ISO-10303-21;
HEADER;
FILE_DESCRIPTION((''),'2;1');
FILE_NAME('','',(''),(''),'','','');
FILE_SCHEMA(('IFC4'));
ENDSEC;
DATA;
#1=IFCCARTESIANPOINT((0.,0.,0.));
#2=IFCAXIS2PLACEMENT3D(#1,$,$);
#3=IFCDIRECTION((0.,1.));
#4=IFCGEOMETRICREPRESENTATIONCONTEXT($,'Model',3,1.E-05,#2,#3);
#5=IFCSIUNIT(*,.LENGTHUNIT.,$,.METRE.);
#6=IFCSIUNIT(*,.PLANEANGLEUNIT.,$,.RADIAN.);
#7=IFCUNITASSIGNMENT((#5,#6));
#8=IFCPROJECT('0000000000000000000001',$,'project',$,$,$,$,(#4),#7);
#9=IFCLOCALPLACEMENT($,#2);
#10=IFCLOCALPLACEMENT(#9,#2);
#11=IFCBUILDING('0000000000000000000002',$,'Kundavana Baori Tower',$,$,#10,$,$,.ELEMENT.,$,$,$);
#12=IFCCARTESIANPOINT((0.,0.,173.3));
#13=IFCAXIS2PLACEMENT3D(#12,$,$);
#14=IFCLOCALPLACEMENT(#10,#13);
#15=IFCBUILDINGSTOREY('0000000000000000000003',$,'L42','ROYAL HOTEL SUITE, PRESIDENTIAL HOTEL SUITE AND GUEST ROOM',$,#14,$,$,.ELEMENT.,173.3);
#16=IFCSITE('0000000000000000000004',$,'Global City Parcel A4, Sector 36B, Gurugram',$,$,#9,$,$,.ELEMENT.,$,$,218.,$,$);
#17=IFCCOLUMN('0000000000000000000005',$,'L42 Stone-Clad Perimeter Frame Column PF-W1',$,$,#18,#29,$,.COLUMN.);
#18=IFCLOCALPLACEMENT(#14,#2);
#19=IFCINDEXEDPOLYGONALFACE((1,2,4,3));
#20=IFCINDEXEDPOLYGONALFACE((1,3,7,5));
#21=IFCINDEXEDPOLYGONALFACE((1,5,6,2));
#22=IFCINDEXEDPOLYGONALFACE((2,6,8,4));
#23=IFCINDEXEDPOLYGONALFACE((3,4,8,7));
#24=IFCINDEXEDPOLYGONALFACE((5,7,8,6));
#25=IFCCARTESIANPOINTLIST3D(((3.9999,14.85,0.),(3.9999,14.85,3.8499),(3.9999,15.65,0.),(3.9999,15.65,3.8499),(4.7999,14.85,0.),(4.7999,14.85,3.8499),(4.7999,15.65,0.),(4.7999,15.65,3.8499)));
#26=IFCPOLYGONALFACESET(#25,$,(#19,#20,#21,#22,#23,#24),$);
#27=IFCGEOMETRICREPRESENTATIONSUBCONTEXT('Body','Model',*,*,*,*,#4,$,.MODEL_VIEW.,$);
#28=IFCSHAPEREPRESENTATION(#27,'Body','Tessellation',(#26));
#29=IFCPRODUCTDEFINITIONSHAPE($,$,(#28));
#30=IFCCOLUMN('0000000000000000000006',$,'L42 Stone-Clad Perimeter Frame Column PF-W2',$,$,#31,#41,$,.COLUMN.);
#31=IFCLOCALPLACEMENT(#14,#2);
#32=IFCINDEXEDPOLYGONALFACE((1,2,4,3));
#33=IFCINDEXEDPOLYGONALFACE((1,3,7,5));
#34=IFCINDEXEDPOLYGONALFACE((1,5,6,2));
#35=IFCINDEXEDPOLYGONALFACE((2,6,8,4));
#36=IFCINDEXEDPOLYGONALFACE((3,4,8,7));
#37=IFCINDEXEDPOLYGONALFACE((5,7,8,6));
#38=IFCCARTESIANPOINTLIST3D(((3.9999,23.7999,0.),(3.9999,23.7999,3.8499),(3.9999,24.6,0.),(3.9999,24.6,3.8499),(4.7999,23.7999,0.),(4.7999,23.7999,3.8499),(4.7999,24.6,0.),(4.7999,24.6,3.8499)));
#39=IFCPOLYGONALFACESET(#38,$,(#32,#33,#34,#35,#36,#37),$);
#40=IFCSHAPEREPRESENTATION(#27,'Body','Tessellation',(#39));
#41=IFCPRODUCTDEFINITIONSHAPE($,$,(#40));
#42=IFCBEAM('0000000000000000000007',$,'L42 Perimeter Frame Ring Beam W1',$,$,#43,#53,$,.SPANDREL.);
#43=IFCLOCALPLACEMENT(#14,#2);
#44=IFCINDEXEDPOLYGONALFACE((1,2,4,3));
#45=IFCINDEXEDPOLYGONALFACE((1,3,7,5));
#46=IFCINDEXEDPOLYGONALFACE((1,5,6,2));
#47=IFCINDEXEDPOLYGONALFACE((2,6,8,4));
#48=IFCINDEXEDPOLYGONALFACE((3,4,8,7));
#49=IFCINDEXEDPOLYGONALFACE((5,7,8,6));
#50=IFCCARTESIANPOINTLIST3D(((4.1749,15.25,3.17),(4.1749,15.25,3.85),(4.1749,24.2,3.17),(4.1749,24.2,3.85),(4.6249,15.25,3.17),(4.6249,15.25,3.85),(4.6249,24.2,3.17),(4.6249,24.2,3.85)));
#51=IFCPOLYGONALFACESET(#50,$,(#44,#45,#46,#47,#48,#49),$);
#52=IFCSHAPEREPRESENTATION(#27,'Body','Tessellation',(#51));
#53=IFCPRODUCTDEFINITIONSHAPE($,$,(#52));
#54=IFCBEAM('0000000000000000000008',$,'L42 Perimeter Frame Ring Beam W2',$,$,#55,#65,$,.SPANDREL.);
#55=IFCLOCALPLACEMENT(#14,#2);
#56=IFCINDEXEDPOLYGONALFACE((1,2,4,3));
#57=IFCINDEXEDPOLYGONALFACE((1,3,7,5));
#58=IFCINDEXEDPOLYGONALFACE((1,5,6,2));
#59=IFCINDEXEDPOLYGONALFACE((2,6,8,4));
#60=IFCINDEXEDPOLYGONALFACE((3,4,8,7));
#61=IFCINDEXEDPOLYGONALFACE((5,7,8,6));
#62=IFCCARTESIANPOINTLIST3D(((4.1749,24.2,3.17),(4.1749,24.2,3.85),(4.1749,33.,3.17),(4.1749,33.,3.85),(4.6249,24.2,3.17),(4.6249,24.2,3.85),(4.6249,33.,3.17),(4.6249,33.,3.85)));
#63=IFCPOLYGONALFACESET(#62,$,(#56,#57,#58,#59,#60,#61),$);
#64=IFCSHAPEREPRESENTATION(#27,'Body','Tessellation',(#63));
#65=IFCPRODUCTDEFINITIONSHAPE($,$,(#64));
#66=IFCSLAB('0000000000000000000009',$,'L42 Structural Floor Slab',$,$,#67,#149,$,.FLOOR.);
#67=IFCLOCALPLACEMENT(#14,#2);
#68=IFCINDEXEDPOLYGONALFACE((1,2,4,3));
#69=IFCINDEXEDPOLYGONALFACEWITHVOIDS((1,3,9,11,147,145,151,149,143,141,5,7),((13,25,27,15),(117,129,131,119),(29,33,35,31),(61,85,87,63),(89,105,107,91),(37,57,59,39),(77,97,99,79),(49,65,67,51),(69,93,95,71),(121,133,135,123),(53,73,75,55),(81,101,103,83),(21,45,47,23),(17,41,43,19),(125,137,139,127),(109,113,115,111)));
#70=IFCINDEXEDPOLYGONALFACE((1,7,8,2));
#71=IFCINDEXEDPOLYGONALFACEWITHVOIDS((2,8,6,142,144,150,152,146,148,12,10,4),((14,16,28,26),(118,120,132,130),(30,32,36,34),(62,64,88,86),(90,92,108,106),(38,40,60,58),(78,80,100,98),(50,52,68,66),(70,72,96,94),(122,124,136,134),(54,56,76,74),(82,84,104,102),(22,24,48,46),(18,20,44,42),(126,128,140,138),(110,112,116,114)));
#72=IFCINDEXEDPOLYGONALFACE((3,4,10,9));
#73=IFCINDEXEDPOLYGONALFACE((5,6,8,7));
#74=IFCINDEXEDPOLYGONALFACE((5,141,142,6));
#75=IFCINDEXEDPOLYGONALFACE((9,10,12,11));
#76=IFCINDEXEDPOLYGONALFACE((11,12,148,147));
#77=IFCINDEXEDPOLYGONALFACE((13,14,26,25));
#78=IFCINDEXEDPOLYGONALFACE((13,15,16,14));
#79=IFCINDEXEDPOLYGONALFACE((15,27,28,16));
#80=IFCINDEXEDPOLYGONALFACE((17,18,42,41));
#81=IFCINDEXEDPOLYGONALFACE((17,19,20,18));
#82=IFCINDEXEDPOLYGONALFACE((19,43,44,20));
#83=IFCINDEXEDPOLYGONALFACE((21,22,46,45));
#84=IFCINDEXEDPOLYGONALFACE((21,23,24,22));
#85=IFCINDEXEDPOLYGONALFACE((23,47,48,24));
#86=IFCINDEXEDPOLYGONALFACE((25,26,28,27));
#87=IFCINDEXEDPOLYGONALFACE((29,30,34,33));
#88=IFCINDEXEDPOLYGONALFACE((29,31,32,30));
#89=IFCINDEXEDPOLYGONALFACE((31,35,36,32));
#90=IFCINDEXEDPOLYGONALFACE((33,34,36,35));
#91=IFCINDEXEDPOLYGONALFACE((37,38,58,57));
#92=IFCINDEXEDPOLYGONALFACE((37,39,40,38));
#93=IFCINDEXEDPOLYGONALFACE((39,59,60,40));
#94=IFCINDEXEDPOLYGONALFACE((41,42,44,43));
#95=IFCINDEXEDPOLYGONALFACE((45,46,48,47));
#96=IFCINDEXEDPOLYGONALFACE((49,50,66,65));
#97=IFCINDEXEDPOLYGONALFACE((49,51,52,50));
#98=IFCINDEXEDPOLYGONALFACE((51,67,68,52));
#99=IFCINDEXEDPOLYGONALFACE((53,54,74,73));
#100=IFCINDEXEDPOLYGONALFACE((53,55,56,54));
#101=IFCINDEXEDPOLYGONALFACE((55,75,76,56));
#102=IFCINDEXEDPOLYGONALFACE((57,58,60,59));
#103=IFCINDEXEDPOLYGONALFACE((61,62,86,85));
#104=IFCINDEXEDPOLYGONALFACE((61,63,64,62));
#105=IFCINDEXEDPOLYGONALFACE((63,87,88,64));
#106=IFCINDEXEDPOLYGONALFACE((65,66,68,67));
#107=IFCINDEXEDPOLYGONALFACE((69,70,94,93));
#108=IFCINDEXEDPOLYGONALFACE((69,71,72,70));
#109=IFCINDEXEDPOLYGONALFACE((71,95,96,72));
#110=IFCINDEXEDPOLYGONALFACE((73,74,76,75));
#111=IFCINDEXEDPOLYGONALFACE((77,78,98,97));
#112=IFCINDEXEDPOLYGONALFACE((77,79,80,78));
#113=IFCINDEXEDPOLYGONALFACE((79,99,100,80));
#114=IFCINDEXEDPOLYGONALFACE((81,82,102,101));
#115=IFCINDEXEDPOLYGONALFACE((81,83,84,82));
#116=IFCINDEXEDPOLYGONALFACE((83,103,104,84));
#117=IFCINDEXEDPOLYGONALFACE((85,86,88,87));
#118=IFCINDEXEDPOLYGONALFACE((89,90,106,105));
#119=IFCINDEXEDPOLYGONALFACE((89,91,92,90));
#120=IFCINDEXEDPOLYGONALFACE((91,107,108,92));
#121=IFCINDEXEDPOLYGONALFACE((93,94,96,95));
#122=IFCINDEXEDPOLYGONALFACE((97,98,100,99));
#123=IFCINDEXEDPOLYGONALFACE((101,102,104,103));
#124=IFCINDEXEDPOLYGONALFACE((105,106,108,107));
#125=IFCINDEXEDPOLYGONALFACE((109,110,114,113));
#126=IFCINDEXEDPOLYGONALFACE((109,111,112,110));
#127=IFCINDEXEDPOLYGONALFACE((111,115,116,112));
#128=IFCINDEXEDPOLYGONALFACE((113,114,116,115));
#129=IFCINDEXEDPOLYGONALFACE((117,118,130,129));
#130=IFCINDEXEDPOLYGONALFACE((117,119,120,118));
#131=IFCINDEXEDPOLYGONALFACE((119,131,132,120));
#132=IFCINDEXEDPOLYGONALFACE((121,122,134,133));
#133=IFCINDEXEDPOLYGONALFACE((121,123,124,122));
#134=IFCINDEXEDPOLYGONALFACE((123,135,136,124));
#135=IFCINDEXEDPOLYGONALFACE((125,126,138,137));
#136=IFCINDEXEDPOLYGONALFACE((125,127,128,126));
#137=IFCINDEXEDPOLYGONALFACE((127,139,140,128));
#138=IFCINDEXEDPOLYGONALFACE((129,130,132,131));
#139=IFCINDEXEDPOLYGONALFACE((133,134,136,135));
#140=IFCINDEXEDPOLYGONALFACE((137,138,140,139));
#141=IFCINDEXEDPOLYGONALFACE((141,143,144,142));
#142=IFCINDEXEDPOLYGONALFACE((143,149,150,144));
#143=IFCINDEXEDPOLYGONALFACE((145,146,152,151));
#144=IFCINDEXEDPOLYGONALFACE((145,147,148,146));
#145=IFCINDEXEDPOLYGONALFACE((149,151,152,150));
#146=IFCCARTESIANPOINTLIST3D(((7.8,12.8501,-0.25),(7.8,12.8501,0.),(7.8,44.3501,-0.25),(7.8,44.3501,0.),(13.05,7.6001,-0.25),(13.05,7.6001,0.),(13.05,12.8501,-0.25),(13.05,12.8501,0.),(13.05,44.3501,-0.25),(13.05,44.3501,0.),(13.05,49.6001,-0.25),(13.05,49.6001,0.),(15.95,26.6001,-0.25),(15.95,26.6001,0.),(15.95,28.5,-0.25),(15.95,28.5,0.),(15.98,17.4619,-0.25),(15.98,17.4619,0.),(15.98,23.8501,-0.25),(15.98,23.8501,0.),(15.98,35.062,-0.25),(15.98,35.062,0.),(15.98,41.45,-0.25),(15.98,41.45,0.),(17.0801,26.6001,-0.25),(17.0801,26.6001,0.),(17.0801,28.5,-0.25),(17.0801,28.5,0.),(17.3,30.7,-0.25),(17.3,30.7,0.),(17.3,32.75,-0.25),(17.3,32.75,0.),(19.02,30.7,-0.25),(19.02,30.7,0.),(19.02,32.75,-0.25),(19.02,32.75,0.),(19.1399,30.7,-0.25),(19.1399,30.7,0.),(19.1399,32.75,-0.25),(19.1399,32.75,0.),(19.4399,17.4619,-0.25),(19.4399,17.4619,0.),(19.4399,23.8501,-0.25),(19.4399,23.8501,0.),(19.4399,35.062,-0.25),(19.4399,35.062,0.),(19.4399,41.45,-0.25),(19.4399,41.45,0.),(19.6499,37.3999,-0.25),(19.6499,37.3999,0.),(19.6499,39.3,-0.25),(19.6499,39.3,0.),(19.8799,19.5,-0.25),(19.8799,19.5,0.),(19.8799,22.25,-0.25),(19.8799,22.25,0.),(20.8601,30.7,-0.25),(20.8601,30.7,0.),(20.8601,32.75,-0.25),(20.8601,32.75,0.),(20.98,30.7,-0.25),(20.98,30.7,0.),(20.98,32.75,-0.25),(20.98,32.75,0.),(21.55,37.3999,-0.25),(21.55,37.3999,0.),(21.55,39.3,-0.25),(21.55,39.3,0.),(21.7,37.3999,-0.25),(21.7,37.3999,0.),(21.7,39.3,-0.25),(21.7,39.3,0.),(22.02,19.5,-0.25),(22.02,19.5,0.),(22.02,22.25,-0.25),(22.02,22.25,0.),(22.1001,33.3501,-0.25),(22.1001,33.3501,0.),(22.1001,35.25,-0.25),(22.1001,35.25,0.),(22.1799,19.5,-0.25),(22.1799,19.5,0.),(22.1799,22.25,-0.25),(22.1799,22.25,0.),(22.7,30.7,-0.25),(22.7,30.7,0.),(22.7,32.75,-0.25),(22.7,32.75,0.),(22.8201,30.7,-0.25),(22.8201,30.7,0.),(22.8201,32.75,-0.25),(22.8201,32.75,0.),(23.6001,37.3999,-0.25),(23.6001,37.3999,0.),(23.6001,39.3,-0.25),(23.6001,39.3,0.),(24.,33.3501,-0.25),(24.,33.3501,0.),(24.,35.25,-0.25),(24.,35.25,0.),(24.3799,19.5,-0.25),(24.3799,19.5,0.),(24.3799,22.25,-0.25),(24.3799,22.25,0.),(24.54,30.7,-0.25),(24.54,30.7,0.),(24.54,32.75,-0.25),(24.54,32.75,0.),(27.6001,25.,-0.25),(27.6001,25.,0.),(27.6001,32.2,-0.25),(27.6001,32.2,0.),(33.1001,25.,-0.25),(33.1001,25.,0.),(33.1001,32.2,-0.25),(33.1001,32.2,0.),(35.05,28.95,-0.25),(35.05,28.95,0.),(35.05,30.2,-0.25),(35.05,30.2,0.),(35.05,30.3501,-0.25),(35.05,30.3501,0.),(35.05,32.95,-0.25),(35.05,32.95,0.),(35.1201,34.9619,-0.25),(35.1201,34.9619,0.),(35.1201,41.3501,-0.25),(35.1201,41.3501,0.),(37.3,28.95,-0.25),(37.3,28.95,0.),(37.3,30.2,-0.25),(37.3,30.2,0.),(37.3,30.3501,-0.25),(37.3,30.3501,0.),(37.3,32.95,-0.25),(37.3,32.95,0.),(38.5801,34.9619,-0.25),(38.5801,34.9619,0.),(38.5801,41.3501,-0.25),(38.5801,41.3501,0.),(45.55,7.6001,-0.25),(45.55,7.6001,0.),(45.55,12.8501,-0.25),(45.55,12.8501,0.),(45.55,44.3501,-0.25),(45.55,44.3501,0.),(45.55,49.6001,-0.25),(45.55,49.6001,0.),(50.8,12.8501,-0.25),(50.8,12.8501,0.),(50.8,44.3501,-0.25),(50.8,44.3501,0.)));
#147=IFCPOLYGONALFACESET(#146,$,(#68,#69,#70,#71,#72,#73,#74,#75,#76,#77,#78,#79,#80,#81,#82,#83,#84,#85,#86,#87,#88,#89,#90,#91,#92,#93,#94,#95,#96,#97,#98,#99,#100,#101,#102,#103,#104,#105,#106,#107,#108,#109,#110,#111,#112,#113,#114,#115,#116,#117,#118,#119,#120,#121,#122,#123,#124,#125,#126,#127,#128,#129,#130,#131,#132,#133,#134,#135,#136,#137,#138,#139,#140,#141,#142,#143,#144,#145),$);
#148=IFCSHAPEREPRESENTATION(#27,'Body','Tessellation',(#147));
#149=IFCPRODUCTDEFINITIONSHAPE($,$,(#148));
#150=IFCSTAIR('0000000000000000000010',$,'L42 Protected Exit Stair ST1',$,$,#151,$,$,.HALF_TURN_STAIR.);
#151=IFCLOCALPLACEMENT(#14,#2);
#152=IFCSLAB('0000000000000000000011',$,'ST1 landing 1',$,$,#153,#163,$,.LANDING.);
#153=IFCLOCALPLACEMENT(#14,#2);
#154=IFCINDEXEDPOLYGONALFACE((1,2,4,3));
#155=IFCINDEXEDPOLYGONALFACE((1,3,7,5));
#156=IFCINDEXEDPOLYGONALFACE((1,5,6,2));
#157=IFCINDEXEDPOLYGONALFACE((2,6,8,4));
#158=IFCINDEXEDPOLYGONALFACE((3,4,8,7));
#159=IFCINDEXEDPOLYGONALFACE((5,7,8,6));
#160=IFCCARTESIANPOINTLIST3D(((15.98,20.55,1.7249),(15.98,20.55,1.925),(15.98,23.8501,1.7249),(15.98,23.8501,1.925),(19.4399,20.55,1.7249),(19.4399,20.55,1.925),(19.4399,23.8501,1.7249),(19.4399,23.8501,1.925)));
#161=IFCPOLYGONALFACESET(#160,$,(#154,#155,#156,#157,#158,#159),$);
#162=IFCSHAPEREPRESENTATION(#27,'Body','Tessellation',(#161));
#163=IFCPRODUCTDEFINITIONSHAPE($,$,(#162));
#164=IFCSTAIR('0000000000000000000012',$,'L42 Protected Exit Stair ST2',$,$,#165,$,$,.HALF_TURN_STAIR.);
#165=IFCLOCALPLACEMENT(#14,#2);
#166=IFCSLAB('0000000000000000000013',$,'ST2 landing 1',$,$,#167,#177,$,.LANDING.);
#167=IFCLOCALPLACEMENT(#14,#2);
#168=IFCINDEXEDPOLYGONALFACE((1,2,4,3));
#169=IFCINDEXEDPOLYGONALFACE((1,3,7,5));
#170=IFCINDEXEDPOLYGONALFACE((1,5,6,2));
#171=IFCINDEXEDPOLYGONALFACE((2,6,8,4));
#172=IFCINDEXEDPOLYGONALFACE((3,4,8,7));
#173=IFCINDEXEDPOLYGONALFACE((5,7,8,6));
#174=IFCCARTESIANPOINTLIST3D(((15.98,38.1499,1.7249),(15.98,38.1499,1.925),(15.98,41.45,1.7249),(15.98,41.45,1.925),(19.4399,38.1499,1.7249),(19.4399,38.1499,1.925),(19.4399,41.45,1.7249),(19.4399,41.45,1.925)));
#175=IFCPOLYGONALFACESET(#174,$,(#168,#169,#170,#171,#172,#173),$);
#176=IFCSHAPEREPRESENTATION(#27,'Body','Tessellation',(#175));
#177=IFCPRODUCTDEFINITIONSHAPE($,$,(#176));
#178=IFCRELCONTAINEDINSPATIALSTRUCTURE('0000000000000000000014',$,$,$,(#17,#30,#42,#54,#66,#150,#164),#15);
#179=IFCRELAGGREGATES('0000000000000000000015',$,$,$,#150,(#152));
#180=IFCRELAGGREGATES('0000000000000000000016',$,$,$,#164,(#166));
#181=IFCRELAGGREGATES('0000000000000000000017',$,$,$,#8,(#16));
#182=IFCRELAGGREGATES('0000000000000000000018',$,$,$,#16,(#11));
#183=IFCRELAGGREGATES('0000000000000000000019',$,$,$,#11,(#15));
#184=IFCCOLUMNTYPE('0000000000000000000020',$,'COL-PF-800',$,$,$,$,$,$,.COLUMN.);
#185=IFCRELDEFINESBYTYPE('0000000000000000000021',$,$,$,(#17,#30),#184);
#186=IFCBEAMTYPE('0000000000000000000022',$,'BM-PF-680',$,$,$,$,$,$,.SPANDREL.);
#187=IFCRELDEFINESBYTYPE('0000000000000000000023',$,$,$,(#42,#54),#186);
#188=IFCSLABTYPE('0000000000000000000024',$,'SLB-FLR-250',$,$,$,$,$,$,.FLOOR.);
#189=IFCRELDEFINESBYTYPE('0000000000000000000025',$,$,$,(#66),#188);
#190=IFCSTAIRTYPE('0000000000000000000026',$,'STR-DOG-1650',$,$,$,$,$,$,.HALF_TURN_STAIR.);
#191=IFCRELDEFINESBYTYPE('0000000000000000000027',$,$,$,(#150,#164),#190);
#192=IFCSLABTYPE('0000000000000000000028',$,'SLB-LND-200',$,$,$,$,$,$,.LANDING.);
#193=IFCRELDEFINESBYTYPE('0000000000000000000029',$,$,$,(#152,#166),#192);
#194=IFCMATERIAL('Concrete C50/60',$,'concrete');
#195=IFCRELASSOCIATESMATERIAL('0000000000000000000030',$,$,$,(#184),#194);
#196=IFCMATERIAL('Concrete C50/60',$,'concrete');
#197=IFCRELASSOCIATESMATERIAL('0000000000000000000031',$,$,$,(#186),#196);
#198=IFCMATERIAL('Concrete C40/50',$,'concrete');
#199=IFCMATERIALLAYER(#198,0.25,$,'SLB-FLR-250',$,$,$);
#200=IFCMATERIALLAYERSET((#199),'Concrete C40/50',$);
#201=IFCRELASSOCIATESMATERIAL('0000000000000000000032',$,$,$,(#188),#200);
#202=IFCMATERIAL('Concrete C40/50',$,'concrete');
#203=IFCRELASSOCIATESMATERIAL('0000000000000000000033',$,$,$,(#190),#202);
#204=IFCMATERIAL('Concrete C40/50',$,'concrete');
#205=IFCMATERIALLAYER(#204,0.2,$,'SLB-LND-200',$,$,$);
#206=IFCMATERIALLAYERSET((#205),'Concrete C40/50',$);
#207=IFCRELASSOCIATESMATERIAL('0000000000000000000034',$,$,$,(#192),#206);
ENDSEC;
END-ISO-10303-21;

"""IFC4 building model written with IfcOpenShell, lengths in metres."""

from ifc_helpers import new_model, si_unit, direction, frame, origin, origin_2d, place, context, subcontext, project, spatial, polyline, rectangle, outline, extrude, material, layer, layer_set, material_profile, profile_set, type_object, element, aggregate, save


model = new_model("IFC4")

# Units and contexts
model_context = context("Model", 3, precision=1e-05, world=origin(), true_north=direction((0.0, 1.0)))
body_context = subcontext(model_context, "Body", "Model", "MODEL_VIEW")
ifc_project = project(units=[si_unit("LENGTHUNIT", "METRE"), si_unit("PLANEANGLEUNIT", "RADIAN")], contexts=[model_context])

# Site, building, storey
site_placement = place(None, origin())
site = spatial("IfcSite", under=ifc_project, at=site_placement, Name="Global City Parcel A4, Sector 36B, Gurugram", CompositionType="ELEMENT", RefElevation=218.0)
building_placement = place(site_placement, origin())
building = spatial("IfcBuilding", under=site, at=building_placement, Name="Kundavana Baori Tower", CompositionType="ELEMENT")
storey_placement = place(building_placement, frame((0.0, 0.0, 173.3)))
storey = spatial("IfcBuildingStorey", under=building, at=storey_placement, Name="L42", Description="ROYAL HOTEL SUITE, PRESIDENTIAL HOTEL SUITE AND GUEST ROOM", CompositionType="ELEMENT", Elevation=173.3)

# Columns
ifc_material_1 = material(Name="Concrete C50/60", Category="concrete")
ifc_material_profile_1 = material_profile(ifc_material_1, rectangle(XDim=0.8, YDim=0.8, at=origin_2d()), Name="RC PF 800x800")
ifc_profile_set_1 = profile_set([ifc_material_profile_1], Name="Concrete C50/60")
column_type = type_object("IfcColumnType", Name="COL-PF-800", PredefinedType="COLUMN", material=ifc_profile_set_1)
for number, where, z_axis, x_axis, name in (
    (1, (4.3999, 15.25, 0.0), (0.0, 0.0, 1.0), (1.0, 0.0, 0.0), "L42 Stone-Clad Perimeter Frame Column PF-W1"),
    (2, (4.3999, 24.2, 0.0), (0.0, 0.0, 1.0), (1.0, 0.0, 0.0), "L42 Stone-Clad Perimeter Frame Column PF-W2"),
):
    element("IfcColumn", number, at=place(storey_placement, frame(where, z_axis=z_axis, x_axis=x_axis)), inside=storey, type_object=column_type, Name=name, PredefinedType="COLUMN", context=body_context, shape_type="SweptSolid", body=[
        extrude(rectangle(XDim=0.8, YDim=0.8, at=origin_2d()), origin(), (0.0, 0.0, 1.0), 3.8499),
    ])

# Beams
ifc_material_2 = material(Name="Concrete C50/60", Category="concrete")
ifc_material_profile_2 = material_profile(ifc_material_2, rectangle(XDim=0.45, YDim=0.6799, at=origin_2d()), Name="RC BM 450x680")
ifc_profile_set_2 = profile_set([ifc_material_profile_2], Name="Concrete C50/60")
beam_type = type_object("IfcBeamType", Name="BM-PF-680", PredefinedType="SPANDREL", material=ifc_profile_set_2)
beam_1_placement = place(storey_placement, frame((4.3999, 15.25, 3.51), z_axis=(0.0, 1.0, 0.0), x_axis=(-1.0, 0.0, 0.0)))
element("IfcBeam", 3, at=beam_1_placement, inside=storey, type_object=beam_type, Name="L42 Perimeter Frame Ring Beam W1", PredefinedType="SPANDREL", context=body_context, shape_type="SweptSolid", body=[
    extrude(rectangle(XDim=0.45, YDim=0.6799, at=origin_2d()), origin(), (0.0, 0.0, 1.0), 8.95),
])
beam_2_placement = place(storey_placement, frame((4.3999, 24.2, 3.51), z_axis=(0.0, 1.0, 0.0), x_axis=(-1.0, 0.0, 0.0)))
element("IfcBeam", 4, at=beam_2_placement, inside=storey, type_object=beam_type, Name="L42 Perimeter Frame Ring Beam W2", PredefinedType="SPANDREL", context=body_context, shape_type="SweptSolid", body=[
    extrude(rectangle(XDim=0.45, YDim=0.6799, at=origin_2d()), origin(), (0.0, 0.0, 1.0), 8.8),
])

# Slab
ifc_material_3 = material(Name="Concrete C40/50", Category="concrete")
ifc_layer_1 = layer(ifc_material_3, 0.25, Name="SLB-FLR-250")
ifc_layer_set_1 = layer_set([ifc_layer_1], Name="Concrete C40/50")
slab_type_1 = type_object("IfcSlabType", Name="SLB-FLR-250", PredefinedType="FLOOR", material=ifc_layer_set_1)
slab_1_placement = place(storey_placement, frame((0.0, 0.0, -0.25)))
element("IfcSlab", 5, at=slab_1_placement, inside=storey, type_object=slab_type_1, Name="L42 Structural Floor Slab", PredefinedType="FLOOR", context=body_context, shape_type="SweptSolid", body=[
    extrude(outline(polyline([(13.05, 7.6001), (45.55, 7.6001), (45.55, 12.8501), (50.8, 12.8501), (50.8, 44.3501), (45.55, 44.3501), (45.55, 49.6001), (13.05, 49.6001), (13.05, 44.3501), (7.8, 44.3501), (7.8, 12.8501), (13.05, 12.8501), (13.05, 7.6001)]), holes=[polyline([(19.4399, 17.4619), (19.4399, 23.8501), (15.98, 23.8501), (15.98, 17.4619), (19.4399, 17.4619)]), polyline([(19.4399, 35.062), (19.4399, 41.45), (15.98, 41.45), (15.98, 35.062), (19.4399, 35.062)]), polyline([(38.5801, 34.9619), (38.5801, 41.3501), (35.1201, 41.3501), (35.1201, 34.9619), (38.5801, 34.9619)]), polyline([(17.3, 30.7), (19.02, 30.7), (19.02, 32.75), (17.3, 32.75), (17.3, 30.7)]), polyline([(19.1399, 30.7), (20.8601, 30.7), (20.8601, 32.75), (19.1399, 32.75), (19.1399, 30.7)]), polyline([(20.98, 30.7), (22.7, 30.7), (22.7, 32.75), (20.98, 32.75), (20.98, 30.7)]), polyline([(22.8201, 30.7), (24.54, 30.7), (24.54, 32.75), (22.8201, 32.75), (22.8201, 30.7)]), polyline([(19.6499, 37.3999), (21.55, 37.3999), (21.55, 39.3), (19.6499, 39.3), (19.6499, 37.3999)]), polyline([(21.7, 37.3999), (23.6001, 37.3999), (23.6001, 39.3), (21.7, 39.3), (21.7, 37.3999)]), polyline([(22.1001, 33.3501), (24.0, 33.3501), (24.0, 35.25), (22.1001, 35.25), (22.1001, 33.3501)]), polyline([(19.8799, 19.5), (22.02, 19.5), (22.02, 22.25), (19.8799, 22.25), (19.8799, 19.5)]), polyline([(22.1799, 19.5), (24.3799, 19.5), (24.3799, 22.25), (22.1799, 22.25), (22.1799, 19.5)]), polyline([(35.05, 30.3501), (37.3, 30.3501), (37.3, 32.95), (35.05, 32.95), (35.05, 30.3501)]), polyline([(15.95, 26.6001), (17.0801, 26.6001), (17.0801, 28.5), (15.95, 28.5), (15.95, 26.6001)]), polyline([(35.05, 28.95), (37.3, 28.95), (37.3, 30.2), (35.05, 30.2), (35.05, 28.95)]), polyline([(27.6001, 25.0), (33.1001, 25.0), (33.1001, 32.2), (27.6001, 32.2), (27.6001, 25.0)])]), origin(), (0.0, 0.0, 1.0), 0.25),
])

# Stairs, slabs
ifc_material_4 = material(Name="Concrete C40/50", Category="concrete")
stair_type = type_object("IfcStairType", Name="STR-DOG-1650", PredefinedType="HALF_TURN_STAIR", material=ifc_material_4)
stair_1_placement = place(storey_placement, origin())
stair_1 = element("IfcStair", 6, at=stair_1_placement, inside=storey, type_object=stair_type, Name="L42 Protected Exit Stair ST1", PredefinedType="HALF_TURN_STAIR")
ifc_material_5 = material(Name="Concrete C40/50", Category="concrete")
ifc_layer_2 = layer(ifc_material_5, 0.2, Name="SLB-LND-200")
ifc_layer_set_2 = layer_set([ifc_layer_2], Name="Concrete C40/50")
slab_type_2 = type_object("IfcSlabType", Name="SLB-LND-200", PredefinedType="LANDING", material=ifc_layer_set_2)
slab_2_placement = place(storey_placement, frame((0.0, 0.0, 1.7249)))
slab_2 = element("IfcSlab", 7, at=slab_2_placement, type_object=slab_type_2, Name="ST1 landing 1", PredefinedType="LANDING", context=body_context, shape_type="SweptSolid", body=[
    extrude(outline(polyline([(19.4399, 20.55), (19.4399, 23.8501), (15.98, 23.8501), (15.98, 20.55), (19.4399, 20.55)])), origin(), (0.0, 0.0, 1.0), 0.2002),
])
aggregate(stair_1, [slab_2])
stair_2_placement = place(storey_placement, origin())
stair_2 = element("IfcStair", 8, at=stair_2_placement, inside=storey, type_object=stair_type, Name="L42 Protected Exit Stair ST2", PredefinedType="HALF_TURN_STAIR")
slab_3_placement = place(storey_placement, frame((0.0, 0.0, 1.7249)))
slab_3 = element("IfcSlab", 9, at=slab_3_placement, type_object=slab_type_2, Name="ST2 landing 1", PredefinedType="LANDING", context=body_context, shape_type="SweptSolid", body=[
    extrude(outline(polyline([(19.4399, 38.1499), (19.4399, 41.45), (15.98, 41.45), (15.98, 38.1499), (19.4399, 38.1499)])), origin(), (0.0, 0.0, 1.0), 0.2002),
])
aggregate(stair_2, [slab_3])

save(model, "model.ifc")
